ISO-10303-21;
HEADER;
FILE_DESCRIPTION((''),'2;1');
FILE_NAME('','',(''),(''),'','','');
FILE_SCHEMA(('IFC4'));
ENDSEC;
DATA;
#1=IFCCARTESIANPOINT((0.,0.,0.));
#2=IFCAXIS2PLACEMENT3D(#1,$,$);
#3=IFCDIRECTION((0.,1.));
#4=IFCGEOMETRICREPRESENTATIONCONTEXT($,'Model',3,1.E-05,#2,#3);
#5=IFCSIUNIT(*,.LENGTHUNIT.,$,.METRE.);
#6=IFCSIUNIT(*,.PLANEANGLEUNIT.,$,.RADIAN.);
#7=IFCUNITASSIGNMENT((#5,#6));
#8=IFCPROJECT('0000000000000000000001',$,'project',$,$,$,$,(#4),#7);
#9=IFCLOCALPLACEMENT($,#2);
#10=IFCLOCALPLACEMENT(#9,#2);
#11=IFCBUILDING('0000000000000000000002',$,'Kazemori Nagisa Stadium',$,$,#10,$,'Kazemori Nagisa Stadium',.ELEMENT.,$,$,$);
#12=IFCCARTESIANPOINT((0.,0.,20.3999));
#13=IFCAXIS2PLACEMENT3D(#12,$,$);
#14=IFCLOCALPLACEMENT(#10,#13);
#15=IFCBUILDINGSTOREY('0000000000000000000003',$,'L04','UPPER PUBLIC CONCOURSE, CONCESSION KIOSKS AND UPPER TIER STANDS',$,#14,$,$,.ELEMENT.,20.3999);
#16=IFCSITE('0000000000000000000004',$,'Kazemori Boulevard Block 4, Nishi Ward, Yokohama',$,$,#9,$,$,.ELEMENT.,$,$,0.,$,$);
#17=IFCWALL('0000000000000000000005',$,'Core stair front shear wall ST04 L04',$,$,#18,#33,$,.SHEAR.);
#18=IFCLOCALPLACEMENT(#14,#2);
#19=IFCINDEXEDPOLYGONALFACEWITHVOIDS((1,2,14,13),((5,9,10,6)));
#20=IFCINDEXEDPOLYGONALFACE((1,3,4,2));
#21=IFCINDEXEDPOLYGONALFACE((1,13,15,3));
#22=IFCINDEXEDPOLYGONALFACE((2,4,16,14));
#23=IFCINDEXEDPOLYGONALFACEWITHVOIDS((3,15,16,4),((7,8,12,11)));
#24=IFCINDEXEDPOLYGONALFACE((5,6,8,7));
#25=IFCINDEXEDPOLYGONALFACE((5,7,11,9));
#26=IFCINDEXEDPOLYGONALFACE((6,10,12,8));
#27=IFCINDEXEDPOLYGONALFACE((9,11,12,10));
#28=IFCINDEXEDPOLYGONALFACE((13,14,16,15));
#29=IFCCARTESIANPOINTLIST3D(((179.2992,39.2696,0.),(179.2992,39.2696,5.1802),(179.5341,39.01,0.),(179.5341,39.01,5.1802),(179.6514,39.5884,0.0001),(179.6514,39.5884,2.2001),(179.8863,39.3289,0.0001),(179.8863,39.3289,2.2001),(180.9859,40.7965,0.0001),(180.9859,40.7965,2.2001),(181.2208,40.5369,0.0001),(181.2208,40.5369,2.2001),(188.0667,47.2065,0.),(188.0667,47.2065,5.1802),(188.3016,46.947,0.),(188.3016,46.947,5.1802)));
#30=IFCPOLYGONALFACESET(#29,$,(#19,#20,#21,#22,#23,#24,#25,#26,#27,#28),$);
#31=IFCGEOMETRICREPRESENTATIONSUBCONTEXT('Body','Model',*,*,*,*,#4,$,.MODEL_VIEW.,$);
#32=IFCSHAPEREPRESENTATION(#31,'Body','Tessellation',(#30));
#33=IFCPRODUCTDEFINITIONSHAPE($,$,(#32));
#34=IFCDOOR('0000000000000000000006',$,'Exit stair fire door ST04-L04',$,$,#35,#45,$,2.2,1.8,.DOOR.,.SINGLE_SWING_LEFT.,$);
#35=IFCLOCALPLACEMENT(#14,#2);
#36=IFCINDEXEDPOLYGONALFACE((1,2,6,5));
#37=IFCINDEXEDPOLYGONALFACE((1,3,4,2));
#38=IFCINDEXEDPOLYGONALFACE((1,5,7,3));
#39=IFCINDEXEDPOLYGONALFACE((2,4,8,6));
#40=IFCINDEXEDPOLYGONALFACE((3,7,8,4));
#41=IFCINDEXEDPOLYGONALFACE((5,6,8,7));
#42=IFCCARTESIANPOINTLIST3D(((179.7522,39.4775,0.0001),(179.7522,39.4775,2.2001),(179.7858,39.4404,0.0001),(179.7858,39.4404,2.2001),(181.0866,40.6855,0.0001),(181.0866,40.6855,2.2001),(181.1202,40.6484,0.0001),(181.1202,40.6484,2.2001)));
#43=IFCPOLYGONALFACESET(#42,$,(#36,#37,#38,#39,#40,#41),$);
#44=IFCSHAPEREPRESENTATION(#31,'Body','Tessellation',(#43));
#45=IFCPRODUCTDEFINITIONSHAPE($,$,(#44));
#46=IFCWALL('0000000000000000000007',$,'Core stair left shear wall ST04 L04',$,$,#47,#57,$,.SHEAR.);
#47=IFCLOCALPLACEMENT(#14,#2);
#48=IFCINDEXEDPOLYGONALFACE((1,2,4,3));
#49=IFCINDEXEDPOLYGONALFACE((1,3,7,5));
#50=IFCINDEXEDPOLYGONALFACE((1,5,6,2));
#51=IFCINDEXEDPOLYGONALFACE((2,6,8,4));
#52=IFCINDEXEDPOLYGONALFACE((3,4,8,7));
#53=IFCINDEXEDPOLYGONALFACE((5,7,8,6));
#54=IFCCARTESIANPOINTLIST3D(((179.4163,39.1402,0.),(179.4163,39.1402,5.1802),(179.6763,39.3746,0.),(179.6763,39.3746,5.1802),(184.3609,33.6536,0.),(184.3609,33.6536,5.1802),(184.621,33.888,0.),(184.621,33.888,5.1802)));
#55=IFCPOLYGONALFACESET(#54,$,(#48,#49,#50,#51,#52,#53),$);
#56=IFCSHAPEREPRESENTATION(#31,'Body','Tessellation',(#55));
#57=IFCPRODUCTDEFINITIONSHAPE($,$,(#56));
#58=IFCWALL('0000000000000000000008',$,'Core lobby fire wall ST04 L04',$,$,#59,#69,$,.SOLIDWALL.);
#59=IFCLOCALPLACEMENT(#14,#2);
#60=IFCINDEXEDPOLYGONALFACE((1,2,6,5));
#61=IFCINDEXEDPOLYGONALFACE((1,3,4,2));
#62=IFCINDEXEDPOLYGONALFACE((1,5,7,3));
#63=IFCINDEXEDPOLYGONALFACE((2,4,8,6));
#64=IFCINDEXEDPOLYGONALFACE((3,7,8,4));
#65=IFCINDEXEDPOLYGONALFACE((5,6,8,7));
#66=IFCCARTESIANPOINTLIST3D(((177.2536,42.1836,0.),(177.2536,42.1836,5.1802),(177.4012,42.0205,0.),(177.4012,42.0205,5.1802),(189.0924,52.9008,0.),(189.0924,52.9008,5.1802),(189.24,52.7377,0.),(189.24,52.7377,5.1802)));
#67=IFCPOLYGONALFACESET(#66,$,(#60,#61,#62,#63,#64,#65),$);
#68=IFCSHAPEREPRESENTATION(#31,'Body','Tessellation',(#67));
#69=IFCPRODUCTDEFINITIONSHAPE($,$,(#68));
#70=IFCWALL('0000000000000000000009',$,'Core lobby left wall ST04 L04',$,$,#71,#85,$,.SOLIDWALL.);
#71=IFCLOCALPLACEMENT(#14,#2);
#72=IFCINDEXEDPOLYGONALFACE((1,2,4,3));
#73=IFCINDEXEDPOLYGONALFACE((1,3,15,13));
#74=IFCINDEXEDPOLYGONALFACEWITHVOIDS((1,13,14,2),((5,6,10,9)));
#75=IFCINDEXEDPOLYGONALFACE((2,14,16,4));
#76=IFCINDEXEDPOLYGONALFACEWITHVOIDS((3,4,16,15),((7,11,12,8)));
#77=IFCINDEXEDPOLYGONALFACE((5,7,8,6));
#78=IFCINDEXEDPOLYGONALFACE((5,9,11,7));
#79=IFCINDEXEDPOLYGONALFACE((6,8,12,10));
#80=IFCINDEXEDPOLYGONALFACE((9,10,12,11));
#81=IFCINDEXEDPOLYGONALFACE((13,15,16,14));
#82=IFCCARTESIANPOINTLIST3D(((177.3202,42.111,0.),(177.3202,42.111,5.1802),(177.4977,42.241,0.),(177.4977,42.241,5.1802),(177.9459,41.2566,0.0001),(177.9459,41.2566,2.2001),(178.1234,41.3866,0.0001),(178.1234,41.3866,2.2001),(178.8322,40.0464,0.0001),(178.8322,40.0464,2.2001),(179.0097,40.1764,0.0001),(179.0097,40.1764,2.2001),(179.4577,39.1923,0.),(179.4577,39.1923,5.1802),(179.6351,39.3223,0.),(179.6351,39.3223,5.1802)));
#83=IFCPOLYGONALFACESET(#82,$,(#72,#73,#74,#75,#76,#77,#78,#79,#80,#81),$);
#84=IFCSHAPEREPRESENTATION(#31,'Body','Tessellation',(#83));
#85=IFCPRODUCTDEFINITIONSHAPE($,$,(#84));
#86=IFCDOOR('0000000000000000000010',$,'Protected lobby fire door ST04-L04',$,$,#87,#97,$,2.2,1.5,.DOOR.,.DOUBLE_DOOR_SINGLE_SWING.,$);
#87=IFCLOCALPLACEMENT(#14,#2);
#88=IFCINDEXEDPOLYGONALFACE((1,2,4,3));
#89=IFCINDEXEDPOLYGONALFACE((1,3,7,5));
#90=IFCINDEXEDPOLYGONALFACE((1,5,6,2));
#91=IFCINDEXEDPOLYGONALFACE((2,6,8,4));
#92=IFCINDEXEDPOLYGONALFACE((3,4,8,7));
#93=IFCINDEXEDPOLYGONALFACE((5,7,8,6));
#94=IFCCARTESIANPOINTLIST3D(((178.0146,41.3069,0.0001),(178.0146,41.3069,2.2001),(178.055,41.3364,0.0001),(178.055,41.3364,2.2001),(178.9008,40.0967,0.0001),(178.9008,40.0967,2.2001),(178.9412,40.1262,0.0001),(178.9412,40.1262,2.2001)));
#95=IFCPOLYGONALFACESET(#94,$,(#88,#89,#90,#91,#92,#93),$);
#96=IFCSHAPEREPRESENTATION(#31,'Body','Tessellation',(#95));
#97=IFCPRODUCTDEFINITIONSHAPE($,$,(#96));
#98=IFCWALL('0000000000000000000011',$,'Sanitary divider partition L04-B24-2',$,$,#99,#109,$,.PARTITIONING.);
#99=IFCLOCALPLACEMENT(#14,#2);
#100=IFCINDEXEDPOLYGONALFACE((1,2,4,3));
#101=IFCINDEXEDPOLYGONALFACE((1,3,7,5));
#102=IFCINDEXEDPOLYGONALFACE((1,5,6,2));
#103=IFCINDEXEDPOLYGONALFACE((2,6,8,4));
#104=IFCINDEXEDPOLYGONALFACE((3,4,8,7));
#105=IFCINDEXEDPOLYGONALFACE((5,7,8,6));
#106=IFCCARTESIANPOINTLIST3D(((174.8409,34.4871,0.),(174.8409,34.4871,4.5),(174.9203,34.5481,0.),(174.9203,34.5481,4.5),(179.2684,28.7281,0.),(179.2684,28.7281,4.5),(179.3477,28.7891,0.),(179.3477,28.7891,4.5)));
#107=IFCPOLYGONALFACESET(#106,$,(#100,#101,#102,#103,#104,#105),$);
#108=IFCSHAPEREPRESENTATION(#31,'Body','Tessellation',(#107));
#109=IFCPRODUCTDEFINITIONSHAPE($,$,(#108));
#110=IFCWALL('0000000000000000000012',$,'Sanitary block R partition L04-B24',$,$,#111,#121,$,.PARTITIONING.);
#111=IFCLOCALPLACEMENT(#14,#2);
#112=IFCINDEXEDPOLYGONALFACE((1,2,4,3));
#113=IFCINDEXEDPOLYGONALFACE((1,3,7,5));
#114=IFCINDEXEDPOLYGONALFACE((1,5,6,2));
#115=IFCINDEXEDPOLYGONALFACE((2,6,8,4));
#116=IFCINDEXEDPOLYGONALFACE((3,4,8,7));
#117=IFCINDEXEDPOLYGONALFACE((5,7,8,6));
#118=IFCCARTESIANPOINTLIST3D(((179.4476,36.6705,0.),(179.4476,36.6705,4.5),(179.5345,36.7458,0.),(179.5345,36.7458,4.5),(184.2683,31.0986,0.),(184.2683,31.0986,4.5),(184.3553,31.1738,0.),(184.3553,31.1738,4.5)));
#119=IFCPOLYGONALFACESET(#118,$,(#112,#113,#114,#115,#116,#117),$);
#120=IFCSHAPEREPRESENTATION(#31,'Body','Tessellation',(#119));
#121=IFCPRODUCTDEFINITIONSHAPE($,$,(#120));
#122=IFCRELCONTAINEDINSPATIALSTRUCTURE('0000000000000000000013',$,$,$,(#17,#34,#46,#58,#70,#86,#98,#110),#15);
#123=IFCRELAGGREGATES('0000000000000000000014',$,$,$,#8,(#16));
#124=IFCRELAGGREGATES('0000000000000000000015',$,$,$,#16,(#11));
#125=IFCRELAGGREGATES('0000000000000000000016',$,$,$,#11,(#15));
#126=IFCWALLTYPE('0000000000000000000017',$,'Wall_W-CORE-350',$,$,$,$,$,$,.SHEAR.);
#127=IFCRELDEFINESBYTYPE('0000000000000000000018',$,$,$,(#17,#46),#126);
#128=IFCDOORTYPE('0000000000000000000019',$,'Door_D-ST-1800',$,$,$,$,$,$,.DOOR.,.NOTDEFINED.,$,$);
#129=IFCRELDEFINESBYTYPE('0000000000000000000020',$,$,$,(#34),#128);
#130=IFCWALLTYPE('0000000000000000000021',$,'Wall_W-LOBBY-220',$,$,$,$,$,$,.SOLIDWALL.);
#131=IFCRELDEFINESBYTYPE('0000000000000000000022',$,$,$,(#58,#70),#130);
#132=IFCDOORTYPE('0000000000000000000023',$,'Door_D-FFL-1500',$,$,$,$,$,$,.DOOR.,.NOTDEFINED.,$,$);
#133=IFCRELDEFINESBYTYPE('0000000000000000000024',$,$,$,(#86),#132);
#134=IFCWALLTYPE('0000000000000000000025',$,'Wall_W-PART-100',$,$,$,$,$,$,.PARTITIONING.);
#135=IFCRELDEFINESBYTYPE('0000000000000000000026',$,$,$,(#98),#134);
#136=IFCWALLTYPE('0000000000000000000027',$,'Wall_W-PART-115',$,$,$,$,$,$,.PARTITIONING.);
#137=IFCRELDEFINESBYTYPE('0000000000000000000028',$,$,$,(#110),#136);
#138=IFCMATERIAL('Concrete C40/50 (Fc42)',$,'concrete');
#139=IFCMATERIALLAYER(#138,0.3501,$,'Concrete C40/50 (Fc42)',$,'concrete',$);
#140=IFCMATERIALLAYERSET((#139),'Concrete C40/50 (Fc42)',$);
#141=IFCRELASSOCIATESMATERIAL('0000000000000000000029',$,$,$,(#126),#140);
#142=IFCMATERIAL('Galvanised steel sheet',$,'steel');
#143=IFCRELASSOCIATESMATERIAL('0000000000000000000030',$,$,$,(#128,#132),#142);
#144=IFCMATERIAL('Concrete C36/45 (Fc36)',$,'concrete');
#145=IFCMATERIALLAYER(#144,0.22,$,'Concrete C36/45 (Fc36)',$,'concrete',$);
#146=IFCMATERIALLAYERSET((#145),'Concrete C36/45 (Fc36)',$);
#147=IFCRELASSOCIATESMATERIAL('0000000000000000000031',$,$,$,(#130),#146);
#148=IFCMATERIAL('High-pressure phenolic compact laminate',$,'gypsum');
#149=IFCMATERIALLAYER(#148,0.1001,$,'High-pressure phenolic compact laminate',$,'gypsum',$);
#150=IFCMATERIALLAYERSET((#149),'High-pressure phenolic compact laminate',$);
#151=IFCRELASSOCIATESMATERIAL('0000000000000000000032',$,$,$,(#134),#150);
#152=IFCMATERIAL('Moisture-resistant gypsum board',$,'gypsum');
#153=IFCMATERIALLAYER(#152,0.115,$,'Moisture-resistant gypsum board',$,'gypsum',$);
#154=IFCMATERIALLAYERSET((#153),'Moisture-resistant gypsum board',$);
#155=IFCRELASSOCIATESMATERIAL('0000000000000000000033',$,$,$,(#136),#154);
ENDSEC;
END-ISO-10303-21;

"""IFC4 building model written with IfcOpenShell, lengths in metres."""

from ifc_helpers import new_model, si_unit, direction, frame, frame_2d, origin, place, context, subcontext, project, spatial, rectangle, extrude, material, layer, layer_set, type_object, element, fill, save


model = new_model("IFC4")

# Units and contexts
model_context = context("Model", 3, precision=1e-05, world=origin(), true_north=direction((0.0, 1.0)))
body_context = subcontext(model_context, "Body", "Model", "MODEL_VIEW")
ifc_project = project(units=[si_unit("LENGTHUNIT", "METRE"), si_unit("PLANEANGLEUNIT", "RADIAN")], contexts=[model_context])

# Site, building, storey
site_placement = place(None, origin())
site = spatial("IfcSite", under=ifc_project, at=site_placement, Name="Kazemori Boulevard Block 4, Nishi Ward, Yokohama", CompositionType="ELEMENT", RefElevation=0.0)
building_placement = place(site_placement, origin())
building = spatial("IfcBuilding", under=site, at=building_placement, Name="Kazemori Nagisa Stadium", LongName="Kazemori Nagisa Stadium", CompositionType="ELEMENT")
storey_placement = place(building_placement, frame((0.0, 0.0, 20.3999)))
storey = spatial("IfcBuildingStorey", under=building, at=storey_placement, Name="L04", Description="UPPER PUBLIC CONCOURSE, CONCESSION KIOSKS AND UPPER TIER STANDS", CompositionType="ELEMENT", Elevation=20.3999)

# Wall, opening, door
ifc_material_1 = material(Name="Concrete C40/50 (Fc42)", Category="concrete")
ifc_layer_1 = layer(ifc_material_1, 0.3501, Name="Concrete C40/50 (Fc42)", Category="concrete")
ifc_layer_set_1 = layer_set([ifc_layer_1], Name="Concrete C40/50 (Fc42)")
wall_type_1 = type_object("IfcWallType", Name="Wall_W-CORE-350", PredefinedType="SHEAR", material=ifc_layer_set_1)
wall_1_placement = place(storey_placement, frame((179.4167, 39.1399, 0.0), z_axis=(0.0, 0.0, 1.0), x_axis=(0.741349, 0.67112, 0.0)))
wall_1 = element("IfcWall", 1, at=wall_1_placement, inside=storey, type_object=wall_type_1, Name="Core stair front shear wall ST04 L04", PredefinedType="SHEAR", context=body_context, shape_type="SweptSolid", body=[
    extrude(rectangle(XDim=11.8264, YDim=0.3501, at=frame_2d((5.9131, 0.0))), origin(), (0.0, 0.0, 1.0), 5.1802),
])
opening_1_placement = place(wall_1_placement, frame((0.4751, 0.0, 0.0)))
opening_1 = element("IfcOpeningElement", 2, at=opening_1_placement, cuts=wall_1, PredefinedType="OPENING", context=body_context, shape_type="SweptSolid", body=[
    extrude(rectangle(XDim=1.8, YDim=2.2, at=frame_2d((0.8999, 1.1001))), frame((0.0, 0.1851, 0.0), z_axis=(0.0, -1.0, 0.0), x_axis=(1.0, 0.0, 0.0)), (0.0, 0.0, 1.0), 0.3701),
])
ifc_material_2 = material(Name="Galvanised steel sheet", Category="steel")
door_type_1 = type_object("IfcDoorType", Name="Door_D-ST-1800", OperationType="NOTDEFINED", PredefinedType="DOOR", material=ifc_material_2)
door_1_placement = place(opening_1_placement, frame((1.8, 0.0, 0.0), z_axis=(0.0, 0.0, 1.0), x_axis=(-1.0, 0.0, 0.0)))
door_1 = element("IfcDoor", 3, at=door_1_placement, inside=storey, type_object=door_type_1, Name="Exit stair fire door ST04-L04", OperationType="SINGLE_SWING_LEFT", OverallHeight=2.2, OverallWidth=1.8, PredefinedType="DOOR", context=body_context, shape_type="SweptSolid", body=[
    extrude(rectangle(XDim=1.8, YDim=2.2, at=frame_2d((0.8999, 1.1001))), frame((0.0, 0.0249, 0.0), z_axis=(0.0, -1.0, 0.0), x_axis=(1.0, 0.0, 0.0)), (0.0, 0.0, 1.0), 0.05),
])
fill(opening_1, door_1)

# Walls
wall_2_placement = place(storey_placement, frame((179.5464, 39.2573, 0.0), z_axis=(0.0, 0.0, 1.0), x_axis=(0.669463, -0.742845, 0.0)))
element("IfcWall", 4, at=wall_2_placement, inside=storey, type_object=wall_type_1, Name="Core stair left shear wall ST04 L04", PredefinedType="SHEAR", context=body_context, shape_type="SweptSolid", body=[
    extrude(rectangle(XDim=7.386, YDim=0.3501, at=frame_2d((3.6929, 0.0))), origin(), (0.0, 0.0, 1.0), 5.1802),
])
ifc_material_3 = material(Name="Concrete C36/45 (Fc36)", Category="concrete")
ifc_layer_2 = layer(ifc_material_3, 0.22, Name="Concrete C36/45 (Fc36)", Category="concrete")
ifc_layer_set_2 = layer_set([ifc_layer_2], Name="Concrete C36/45 (Fc36)")
wall_type_2 = type_object("IfcWallType", Name="Wall_W-LOBBY-220", PredefinedType="SOLIDWALL", material=ifc_layer_set_2)
wall_3_placement = place(storey_placement, frame((177.3274, 42.1021, 0.0), z_axis=(0.0, 0.0, 1.0), x_axis=(0.741351, 0.671117, 0.0)))
element("IfcWall", 5, at=wall_3_placement, inside=storey, type_object=wall_type_2, Name="Core lobby fire wall ST04 L04", PredefinedType="SOLIDWALL", context=body_context, shape_type="SweptSolid", body=[
    extrude(rectangle(XDim=15.9692, YDim=0.22, at=frame_2d((7.9846, 0.0))), origin(), (0.0, 0.0, 1.0), 5.1802),
])

# Wall, opening, door
wall_4_placement = place(storey_placement, frame((177.4089, 42.176, 0.0), z_axis=(0.0, 0.0, 1.0), x_axis=(0.590837, -0.806791, 0.0)))
wall_4 = element("IfcWall", 6, at=wall_4_placement, inside=storey, type_object=wall_type_2, Name="Core lobby left wall ST04 L04", PredefinedType="SOLIDWALL", context=body_context, shape_type="SweptSolid", body=[
    extrude(rectangle(XDim=3.6177, YDim=0.22, at=frame_2d((1.8088, 0.0))), origin(), (0.0, 0.0, 1.0), 5.1802),
])
opening_2_placement = place(wall_4_placement, frame((1.0591, 0.0, 0.0)))
opening_2 = element("IfcOpeningElement", 7, at=opening_2_placement, cuts=wall_4, PredefinedType="OPENING", context=body_context, shape_type="SweptSolid", body=[
    extrude(rectangle(XDim=1.5, YDim=2.2, at=frame_2d((0.75, 1.1001))), frame((0.0, 0.1199, 0.0), z_axis=(0.0, -1.0, 0.0), x_axis=(1.0, 0.0, 0.0)), (0.0, 0.0, 1.0), 0.24),
])
door_type_2 = type_object("IfcDoorType", Name="Door_D-FFL-1500", OperationType="NOTDEFINED", PredefinedType="DOOR", material=ifc_material_2)
door_2_placement = place(opening_2_placement, frame((1.5, 0.0, 0.0), z_axis=(0.0, 0.0, 1.0), x_axis=(-1.0, 0.0, 0.0)))
door_2 = element("IfcDoor", 8, at=door_2_placement, inside=storey, type_object=door_type_2, Name="Protected lobby fire door ST04-L04", OperationType="DOUBLE_DOOR_SINGLE_SWING", OverallHeight=2.2, OverallWidth=1.5, PredefinedType="DOOR", context=body_context, shape_type="SweptSolid", body=[
    extrude(rectangle(XDim=1.5, YDim=2.2, at=frame_2d((0.75, 1.1001))), frame((0.0, 0.0249, 0.0), z_axis=(0.0, -1.0, 0.0), x_axis=(1.0, 0.0, 0.0)), (0.0, 0.0, 1.0), 0.05),
])
fill(opening_2, door_2)

# Walls
ifc_material_4 = material(Name="High-pressure phenolic compact laminate", Category="gypsum")
ifc_layer_3 = layer(ifc_material_4, 0.1001, Name="High-pressure phenolic compact laminate", Category="gypsum")
ifc_layer_set_3 = layer_set([ifc_layer_3], Name="High-pressure phenolic compact laminate")
wall_type_3 = type_object("IfcWallType", Name="Wall_W-PART-100", PredefinedType="PARTITIONING", material=ifc_layer_set_3)
wall_5_placement = place(storey_placement, frame((174.8806, 34.5176, 0.0), z_axis=(0.0, 0.0, 1.0), x_axis=(0.609491, -0.792793, 0.0)))
element("IfcWall", 9, at=wall_5_placement, inside=storey, type_object=wall_type_3, Name="Sanitary divider partition L04-B24-2", PredefinedType="PARTITIONING", context=body_context, shape_type="SweptSolid", body=[
    extrude(rectangle(XDim=7.2642, YDim=0.1001, at=frame_2d((3.6321, 0.0))), origin(), (0.0, 0.0, 1.0), 4.5),
])
ifc_material_5 = material(Name="Moisture-resistant gypsum board", Category="gypsum")
ifc_layer_4 = layer(ifc_material_5, 0.115, Name="Moisture-resistant gypsum board", Category="gypsum")
ifc_layer_set_4 = layer_set([ifc_layer_4], Name="Moisture-resistant gypsum board")
wall_type_4 = type_object("IfcWallType", Name="Wall_W-PART-115", PredefinedType="PARTITIONING", material=ifc_layer_set_4)
wall_6_placement = place(storey_placement, frame((179.491, 36.7083, 0.0), z_axis=(0.0, 0.0, 1.0), x_axis=(0.654288, -0.756245, 0.0)))
element("IfcWall", 10, at=wall_6_placement, inside=storey, type_object=wall_type_4, Name="Sanitary block R partition L04-B24", PredefinedType="PARTITIONING", context=body_context, shape_type="SweptSolid", body=[
    extrude(rectangle(XDim=7.3679, YDim=0.115, at=frame_2d((3.6841, 0.0))), origin(), (0.0, 0.0, 1.0), 4.5),
])

save(model, "model.ifc")
